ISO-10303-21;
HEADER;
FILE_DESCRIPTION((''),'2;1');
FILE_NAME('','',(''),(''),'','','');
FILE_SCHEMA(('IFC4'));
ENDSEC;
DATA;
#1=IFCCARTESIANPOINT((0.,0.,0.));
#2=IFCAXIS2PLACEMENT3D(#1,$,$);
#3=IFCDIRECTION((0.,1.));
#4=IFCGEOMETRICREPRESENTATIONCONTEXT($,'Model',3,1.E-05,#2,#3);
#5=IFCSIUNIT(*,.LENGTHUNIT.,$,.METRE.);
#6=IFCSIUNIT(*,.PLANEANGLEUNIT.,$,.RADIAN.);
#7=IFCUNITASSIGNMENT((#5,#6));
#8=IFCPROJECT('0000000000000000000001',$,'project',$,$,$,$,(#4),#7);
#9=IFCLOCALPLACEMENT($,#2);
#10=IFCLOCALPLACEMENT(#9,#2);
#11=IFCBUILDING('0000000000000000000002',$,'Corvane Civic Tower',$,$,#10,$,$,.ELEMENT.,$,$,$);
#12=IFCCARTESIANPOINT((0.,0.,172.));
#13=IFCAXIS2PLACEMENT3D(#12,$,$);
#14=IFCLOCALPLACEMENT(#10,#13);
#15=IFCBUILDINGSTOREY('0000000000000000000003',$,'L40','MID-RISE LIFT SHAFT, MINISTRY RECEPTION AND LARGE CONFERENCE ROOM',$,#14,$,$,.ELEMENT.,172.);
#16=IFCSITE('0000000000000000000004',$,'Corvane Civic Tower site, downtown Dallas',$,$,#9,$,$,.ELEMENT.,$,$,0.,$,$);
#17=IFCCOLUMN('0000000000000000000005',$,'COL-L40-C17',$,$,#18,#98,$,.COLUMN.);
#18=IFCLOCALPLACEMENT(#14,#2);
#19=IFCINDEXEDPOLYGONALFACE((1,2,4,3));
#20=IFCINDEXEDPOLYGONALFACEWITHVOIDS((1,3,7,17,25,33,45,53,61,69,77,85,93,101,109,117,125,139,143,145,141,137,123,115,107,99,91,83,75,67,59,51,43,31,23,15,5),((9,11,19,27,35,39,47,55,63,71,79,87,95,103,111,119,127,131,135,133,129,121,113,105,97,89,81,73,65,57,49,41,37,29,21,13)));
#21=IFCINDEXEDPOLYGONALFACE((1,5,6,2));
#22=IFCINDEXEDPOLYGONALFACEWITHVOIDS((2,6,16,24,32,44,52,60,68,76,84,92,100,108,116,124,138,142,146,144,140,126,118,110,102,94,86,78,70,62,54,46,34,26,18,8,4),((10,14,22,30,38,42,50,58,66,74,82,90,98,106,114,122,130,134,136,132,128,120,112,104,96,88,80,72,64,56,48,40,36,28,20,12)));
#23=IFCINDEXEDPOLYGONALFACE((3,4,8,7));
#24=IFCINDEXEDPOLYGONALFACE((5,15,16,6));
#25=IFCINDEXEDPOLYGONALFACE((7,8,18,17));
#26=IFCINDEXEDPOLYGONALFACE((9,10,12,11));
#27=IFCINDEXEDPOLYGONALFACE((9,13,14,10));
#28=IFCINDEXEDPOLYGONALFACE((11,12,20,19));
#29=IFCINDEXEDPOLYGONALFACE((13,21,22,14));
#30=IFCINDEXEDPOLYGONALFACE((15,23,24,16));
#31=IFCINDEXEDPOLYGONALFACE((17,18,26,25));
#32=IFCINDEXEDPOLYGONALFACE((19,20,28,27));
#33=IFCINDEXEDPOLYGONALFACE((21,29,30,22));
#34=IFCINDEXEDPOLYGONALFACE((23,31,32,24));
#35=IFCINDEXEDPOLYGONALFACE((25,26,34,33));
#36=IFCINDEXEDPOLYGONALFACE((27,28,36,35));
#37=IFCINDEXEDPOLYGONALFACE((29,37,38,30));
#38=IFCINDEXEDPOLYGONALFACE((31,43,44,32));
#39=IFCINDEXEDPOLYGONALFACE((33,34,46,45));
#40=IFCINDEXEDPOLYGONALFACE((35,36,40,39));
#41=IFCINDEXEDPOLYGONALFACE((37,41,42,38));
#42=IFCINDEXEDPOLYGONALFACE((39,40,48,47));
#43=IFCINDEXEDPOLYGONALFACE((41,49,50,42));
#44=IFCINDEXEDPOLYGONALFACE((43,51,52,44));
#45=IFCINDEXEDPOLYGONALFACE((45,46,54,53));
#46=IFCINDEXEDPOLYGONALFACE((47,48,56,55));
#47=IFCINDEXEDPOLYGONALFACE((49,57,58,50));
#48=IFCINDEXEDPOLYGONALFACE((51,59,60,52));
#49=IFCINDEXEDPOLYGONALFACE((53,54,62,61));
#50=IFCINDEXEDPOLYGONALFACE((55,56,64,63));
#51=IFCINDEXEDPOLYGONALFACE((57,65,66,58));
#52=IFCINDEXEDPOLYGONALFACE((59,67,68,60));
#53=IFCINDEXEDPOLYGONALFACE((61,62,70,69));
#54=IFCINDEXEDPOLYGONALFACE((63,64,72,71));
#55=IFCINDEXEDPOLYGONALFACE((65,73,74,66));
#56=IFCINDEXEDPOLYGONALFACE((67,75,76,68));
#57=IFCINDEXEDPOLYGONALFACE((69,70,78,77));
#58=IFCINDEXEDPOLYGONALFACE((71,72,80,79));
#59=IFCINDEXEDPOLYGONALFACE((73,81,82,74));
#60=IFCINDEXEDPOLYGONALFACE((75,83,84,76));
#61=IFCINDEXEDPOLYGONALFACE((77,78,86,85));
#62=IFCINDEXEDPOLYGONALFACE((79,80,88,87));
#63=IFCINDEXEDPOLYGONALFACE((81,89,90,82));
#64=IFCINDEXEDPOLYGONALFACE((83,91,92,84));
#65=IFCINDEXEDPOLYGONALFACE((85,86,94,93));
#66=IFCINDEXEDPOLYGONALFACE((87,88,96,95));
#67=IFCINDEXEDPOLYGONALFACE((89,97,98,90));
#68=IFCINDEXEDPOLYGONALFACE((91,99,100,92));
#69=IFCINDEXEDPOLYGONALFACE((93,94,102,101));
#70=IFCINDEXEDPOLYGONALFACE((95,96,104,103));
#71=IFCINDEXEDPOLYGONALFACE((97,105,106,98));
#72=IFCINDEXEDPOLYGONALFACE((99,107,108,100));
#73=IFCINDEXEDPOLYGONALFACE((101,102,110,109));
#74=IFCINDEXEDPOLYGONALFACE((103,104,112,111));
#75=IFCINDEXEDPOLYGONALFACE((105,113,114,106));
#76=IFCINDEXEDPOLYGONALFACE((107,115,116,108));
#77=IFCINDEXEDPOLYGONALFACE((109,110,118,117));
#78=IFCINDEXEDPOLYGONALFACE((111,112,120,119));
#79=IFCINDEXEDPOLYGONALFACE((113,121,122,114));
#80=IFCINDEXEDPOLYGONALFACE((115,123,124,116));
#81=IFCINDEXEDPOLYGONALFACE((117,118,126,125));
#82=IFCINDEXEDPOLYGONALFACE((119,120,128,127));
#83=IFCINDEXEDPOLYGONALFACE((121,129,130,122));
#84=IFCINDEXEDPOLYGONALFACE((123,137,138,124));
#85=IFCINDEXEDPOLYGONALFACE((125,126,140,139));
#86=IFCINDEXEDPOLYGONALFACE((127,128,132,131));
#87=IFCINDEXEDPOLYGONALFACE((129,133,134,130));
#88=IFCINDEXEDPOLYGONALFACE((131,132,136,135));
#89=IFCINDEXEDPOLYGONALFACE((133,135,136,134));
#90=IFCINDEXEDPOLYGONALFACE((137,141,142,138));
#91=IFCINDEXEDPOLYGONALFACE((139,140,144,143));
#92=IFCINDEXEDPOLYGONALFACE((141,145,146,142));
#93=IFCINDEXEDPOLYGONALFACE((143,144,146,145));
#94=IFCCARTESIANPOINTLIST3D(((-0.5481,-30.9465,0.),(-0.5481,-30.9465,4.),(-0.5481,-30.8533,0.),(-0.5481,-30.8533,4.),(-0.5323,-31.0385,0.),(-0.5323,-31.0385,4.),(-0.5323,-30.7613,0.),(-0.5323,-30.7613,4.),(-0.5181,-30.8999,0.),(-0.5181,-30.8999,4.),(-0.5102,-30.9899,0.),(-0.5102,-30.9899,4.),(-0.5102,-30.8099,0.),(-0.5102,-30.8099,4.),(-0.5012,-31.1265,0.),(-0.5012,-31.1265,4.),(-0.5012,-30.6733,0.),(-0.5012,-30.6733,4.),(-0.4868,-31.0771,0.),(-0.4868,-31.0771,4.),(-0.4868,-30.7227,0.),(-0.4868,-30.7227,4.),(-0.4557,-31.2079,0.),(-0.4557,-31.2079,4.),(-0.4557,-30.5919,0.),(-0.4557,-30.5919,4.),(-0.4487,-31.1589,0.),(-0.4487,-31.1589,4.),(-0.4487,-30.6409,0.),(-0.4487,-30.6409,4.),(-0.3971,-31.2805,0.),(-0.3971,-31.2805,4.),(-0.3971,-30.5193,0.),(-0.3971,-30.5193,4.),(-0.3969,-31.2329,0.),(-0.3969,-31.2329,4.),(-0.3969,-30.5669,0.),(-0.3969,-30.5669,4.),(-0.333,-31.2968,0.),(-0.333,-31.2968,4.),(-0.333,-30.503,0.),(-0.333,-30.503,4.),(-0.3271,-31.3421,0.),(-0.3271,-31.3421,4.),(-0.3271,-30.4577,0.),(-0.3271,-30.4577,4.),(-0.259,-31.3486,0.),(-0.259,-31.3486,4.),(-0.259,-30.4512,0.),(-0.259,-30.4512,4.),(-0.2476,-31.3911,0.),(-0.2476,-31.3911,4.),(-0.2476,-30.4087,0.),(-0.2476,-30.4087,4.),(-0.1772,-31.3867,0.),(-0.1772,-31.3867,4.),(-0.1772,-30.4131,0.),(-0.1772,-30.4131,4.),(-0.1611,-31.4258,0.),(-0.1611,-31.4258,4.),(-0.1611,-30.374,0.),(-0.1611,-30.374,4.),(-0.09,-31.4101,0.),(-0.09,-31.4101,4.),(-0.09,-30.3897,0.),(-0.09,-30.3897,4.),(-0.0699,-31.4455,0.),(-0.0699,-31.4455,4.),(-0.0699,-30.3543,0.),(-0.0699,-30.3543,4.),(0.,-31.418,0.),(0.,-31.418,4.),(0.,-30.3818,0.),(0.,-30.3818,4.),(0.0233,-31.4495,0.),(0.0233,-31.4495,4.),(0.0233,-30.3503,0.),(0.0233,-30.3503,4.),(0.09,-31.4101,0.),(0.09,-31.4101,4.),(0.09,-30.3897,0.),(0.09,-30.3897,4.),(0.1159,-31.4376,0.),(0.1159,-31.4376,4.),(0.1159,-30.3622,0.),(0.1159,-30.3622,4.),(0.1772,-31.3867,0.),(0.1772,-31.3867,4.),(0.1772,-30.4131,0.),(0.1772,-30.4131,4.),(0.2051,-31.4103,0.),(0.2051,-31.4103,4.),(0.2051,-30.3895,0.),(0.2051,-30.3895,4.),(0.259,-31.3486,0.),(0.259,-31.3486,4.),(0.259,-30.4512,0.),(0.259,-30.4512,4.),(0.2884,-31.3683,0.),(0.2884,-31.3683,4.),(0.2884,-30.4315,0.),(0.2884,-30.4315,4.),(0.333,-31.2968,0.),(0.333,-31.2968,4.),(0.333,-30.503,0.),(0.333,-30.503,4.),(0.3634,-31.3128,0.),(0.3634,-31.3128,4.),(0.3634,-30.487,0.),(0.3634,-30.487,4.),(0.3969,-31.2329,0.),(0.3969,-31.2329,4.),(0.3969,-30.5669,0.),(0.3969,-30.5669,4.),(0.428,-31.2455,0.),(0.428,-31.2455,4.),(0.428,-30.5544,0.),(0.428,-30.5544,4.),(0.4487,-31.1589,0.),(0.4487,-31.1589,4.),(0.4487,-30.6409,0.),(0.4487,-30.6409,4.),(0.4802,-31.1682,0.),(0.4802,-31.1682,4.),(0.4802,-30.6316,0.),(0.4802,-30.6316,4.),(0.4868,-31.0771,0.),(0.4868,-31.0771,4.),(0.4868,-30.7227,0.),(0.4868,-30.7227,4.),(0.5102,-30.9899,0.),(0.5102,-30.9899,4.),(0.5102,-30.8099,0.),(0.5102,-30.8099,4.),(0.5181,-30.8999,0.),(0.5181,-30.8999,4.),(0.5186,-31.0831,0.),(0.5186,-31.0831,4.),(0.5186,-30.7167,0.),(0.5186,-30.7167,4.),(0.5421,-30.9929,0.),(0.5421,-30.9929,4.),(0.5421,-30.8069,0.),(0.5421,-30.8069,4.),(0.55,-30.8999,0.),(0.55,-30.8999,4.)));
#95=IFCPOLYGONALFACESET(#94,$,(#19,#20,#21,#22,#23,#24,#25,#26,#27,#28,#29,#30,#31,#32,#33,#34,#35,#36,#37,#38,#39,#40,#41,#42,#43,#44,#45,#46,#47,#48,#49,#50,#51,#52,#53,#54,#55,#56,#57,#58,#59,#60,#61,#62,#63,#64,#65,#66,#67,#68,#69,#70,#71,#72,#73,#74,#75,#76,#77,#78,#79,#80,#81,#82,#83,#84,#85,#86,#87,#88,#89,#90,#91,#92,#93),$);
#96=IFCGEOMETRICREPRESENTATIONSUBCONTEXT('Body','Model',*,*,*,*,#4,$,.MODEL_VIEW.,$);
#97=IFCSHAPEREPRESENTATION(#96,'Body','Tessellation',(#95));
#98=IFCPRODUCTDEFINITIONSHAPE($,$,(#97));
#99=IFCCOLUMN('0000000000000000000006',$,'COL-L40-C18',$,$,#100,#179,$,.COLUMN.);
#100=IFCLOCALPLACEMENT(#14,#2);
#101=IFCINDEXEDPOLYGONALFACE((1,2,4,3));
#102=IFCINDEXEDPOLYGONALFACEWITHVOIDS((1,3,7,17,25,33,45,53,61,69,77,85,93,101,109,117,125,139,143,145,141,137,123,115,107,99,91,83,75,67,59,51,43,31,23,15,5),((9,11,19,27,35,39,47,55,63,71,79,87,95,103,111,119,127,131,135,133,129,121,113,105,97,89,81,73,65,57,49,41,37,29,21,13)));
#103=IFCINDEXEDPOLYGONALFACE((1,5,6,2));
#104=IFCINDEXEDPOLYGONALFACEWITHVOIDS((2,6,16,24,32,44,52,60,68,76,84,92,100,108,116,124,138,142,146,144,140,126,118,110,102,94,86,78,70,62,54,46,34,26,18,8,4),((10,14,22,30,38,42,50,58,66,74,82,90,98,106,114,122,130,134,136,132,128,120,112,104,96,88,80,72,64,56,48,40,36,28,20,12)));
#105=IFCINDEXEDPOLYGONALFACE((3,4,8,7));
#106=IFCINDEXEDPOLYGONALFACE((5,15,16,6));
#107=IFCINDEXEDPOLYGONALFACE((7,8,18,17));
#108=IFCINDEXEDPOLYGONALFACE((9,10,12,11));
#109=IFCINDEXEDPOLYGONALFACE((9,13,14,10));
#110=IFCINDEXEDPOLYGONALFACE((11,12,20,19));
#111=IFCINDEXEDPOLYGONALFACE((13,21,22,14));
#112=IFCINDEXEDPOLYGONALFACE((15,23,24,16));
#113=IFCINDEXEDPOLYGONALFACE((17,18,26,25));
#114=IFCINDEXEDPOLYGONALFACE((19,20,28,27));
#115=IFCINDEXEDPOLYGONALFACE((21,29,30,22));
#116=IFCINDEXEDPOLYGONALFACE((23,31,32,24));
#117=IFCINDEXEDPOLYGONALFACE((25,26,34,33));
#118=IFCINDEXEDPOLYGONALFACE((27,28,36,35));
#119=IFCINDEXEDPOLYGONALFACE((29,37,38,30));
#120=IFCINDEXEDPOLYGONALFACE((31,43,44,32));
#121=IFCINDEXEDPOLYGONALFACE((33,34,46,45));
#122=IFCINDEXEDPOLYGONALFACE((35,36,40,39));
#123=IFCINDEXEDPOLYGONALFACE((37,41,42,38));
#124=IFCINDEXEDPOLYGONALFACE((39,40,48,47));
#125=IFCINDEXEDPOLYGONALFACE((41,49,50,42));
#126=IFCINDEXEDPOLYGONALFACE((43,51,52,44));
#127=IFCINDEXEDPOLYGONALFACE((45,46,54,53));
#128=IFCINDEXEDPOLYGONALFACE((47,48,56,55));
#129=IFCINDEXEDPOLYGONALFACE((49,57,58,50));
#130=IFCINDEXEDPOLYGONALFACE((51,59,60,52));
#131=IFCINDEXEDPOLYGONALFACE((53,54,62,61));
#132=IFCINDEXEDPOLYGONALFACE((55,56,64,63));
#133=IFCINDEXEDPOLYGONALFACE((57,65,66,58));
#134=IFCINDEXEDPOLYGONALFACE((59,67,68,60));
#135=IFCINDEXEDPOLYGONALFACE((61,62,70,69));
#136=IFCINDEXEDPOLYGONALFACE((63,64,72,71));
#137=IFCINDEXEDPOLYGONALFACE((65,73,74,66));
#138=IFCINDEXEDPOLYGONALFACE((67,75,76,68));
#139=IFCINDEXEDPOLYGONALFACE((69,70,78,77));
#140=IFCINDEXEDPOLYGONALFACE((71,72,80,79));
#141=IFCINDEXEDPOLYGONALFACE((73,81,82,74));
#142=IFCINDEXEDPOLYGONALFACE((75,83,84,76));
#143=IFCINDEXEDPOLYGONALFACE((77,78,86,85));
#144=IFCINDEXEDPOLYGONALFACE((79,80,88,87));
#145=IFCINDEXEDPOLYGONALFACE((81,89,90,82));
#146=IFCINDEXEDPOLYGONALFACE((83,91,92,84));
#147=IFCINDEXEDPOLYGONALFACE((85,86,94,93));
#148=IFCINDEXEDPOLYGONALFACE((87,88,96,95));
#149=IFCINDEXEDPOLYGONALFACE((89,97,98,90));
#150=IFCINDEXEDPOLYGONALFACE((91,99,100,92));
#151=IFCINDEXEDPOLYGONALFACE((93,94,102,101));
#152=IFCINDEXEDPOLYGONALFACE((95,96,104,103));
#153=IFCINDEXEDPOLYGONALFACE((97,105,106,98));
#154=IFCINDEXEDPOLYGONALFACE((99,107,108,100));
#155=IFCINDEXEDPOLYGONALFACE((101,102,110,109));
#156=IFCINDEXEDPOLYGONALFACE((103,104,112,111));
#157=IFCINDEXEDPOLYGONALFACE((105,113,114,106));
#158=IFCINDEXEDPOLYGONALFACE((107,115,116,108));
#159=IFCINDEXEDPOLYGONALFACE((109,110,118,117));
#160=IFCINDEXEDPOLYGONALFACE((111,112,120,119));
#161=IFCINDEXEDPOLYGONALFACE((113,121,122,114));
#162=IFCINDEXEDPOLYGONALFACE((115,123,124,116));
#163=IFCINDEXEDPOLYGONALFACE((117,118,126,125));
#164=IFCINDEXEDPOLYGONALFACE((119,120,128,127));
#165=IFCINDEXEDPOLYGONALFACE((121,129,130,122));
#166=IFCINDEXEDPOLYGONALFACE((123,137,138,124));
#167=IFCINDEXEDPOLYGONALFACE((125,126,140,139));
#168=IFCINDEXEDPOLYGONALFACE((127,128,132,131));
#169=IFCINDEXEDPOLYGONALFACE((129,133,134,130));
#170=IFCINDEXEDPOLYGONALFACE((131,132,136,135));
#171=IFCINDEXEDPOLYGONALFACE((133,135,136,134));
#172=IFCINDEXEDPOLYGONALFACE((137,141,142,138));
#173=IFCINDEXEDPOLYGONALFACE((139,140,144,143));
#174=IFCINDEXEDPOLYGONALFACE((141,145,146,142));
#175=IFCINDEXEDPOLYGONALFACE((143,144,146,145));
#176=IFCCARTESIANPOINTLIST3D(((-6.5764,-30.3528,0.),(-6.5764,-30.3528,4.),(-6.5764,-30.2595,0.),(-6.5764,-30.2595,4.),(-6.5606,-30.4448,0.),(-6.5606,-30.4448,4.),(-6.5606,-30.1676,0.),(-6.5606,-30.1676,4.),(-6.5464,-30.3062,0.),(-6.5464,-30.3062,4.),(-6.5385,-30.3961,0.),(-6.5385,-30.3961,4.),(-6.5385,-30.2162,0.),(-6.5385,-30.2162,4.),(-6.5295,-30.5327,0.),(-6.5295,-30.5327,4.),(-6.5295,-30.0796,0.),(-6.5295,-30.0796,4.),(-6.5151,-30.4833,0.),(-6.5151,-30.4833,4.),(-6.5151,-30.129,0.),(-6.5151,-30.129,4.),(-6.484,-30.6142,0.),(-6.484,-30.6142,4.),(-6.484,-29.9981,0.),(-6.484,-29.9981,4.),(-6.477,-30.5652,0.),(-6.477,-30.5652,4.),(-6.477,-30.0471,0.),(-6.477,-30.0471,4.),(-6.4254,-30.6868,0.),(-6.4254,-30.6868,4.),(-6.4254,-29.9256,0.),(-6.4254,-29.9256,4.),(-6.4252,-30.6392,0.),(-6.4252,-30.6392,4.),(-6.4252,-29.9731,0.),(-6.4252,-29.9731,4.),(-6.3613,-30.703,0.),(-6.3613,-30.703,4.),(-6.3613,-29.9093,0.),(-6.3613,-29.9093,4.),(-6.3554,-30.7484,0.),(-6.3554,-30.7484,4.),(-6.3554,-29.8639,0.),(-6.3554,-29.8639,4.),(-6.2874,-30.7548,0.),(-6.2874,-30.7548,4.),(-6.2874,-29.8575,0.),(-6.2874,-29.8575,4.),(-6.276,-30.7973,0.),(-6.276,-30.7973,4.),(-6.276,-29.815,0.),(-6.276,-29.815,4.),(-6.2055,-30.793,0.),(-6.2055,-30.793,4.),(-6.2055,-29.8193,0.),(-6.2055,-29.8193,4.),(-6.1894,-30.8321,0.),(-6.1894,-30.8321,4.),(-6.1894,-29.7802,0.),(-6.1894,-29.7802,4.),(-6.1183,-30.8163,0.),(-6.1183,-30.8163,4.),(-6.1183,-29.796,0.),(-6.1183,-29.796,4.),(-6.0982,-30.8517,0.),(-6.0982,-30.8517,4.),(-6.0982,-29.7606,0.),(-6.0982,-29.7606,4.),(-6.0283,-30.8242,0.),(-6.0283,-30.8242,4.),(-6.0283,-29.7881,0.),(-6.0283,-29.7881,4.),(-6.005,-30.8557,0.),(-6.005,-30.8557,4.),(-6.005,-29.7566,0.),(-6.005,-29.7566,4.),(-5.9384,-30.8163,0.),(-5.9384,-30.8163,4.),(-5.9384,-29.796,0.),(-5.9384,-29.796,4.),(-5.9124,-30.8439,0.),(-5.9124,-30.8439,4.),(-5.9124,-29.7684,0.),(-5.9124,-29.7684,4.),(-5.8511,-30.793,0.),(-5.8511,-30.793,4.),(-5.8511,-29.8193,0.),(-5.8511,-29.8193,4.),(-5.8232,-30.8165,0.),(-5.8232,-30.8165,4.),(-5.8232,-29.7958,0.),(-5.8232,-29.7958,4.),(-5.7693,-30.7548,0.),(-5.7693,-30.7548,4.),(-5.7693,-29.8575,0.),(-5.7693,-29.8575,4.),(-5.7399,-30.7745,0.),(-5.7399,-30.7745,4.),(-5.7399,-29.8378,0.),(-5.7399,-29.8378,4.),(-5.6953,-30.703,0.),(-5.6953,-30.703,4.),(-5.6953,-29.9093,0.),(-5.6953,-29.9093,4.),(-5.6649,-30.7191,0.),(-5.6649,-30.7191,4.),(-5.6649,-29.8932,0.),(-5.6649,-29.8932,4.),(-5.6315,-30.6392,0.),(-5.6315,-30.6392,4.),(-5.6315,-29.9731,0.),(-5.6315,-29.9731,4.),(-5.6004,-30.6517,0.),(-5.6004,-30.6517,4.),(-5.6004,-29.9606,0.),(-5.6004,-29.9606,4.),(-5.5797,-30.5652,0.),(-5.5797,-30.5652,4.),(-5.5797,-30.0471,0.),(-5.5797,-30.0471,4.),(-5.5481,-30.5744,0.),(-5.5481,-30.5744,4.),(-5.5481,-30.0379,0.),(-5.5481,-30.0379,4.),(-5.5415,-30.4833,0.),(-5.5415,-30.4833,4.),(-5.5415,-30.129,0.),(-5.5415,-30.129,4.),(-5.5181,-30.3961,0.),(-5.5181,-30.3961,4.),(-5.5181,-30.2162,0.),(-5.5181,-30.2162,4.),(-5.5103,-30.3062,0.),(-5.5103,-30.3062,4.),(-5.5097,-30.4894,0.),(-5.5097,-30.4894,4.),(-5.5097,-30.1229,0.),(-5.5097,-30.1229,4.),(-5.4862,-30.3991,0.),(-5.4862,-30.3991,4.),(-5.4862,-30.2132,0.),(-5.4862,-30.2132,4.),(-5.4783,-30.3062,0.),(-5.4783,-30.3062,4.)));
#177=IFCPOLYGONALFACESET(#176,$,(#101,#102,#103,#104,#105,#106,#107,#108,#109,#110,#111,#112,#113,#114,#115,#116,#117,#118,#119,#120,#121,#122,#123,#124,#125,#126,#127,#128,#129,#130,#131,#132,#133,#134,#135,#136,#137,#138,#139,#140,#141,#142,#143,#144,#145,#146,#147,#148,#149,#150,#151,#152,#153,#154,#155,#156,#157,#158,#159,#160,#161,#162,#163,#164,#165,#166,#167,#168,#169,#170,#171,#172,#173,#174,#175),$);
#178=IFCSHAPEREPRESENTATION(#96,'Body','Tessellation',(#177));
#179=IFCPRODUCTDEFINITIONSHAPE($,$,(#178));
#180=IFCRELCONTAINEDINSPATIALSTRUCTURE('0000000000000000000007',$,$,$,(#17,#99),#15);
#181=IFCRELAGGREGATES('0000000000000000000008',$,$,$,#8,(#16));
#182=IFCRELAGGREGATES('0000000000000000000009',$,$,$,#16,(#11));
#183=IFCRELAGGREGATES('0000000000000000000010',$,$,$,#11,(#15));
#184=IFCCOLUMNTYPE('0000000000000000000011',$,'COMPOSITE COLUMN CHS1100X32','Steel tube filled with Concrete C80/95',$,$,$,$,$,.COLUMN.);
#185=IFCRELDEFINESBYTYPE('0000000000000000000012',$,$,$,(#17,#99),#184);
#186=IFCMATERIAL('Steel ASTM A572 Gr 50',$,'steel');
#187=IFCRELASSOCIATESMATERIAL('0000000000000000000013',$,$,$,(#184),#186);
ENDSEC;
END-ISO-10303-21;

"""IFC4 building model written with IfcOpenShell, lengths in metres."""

from ifc_helpers import new_model, si_unit, direction, frame, origin, origin_2d, place, context, subcontext, project, spatial, hollow_circle, extrude, material, material_profile, profile_set, type_object, element, save


model = new_model("IFC4")

# Units and contexts
model_context = context("Model", 3, precision=1e-05, world=origin(), true_north=direction((0.0, 1.0)))
body_context = subcontext(model_context, "Body", "Model", "MODEL_VIEW")
ifc_project = project(units=[si_unit("LENGTHUNIT", "METRE"), si_unit("PLANEANGLEUNIT", "RADIAN")], contexts=[model_context])

# Site, building, storey
site_placement = place(None, origin())
site = spatial("IfcSite", under=ifc_project, at=site_placement, Name="Corvane Civic Tower site, downtown Dallas", CompositionType="ELEMENT", RefElevation=0.0)
building_placement = place(site_placement, origin())
building = spatial("IfcBuilding", under=site, at=building_placement, Name="Corvane Civic Tower", CompositionType="ELEMENT")
storey_placement = place(building_placement, frame((0.0, 0.0, 172.0)))
storey = spatial("IfcBuildingStorey", under=building, at=storey_placement, Name="L40", Description="MID-RISE LIFT SHAFT, MINISTRY RECEPTION AND LARGE CONFERENCE ROOM", CompositionType="ELEMENT", Elevation=172.0)

# Columns
ifc_material_1 = material(Name="Steel ASTM A572 Gr 50", Category="steel")
ifc_material_profile_1 = material_profile(ifc_material_1, hollow_circle(Radius=0.55, WallThickness=0.032, at=origin_2d()), Name="CHS1100X32")
ifc_profile_set_1 = profile_set([ifc_material_profile_1], Name="Steel ASTM A572 Gr 50")
column_type = type_object("IfcColumnType", Name="COMPOSITE COLUMN CHS1100X32", Description="Steel tube filled with Concrete C80/95", PredefinedType="COLUMN", material=ifc_profile_set_1)
for number, where, z_axis, x_axis, name in (
    (1, (0.0, -30.8999, 0.0), (0.0, 0.0, 1.0), (1.0, 0.0, 0.0), "COL-L40-C17"),
    (2, (-6.0283, -30.3062, 0.0), (0.0, 0.0, 1.0), (1.0, 0.0, 0.0), "COL-L40-C18"),
):
    element("IfcColumn", number, at=place(storey_placement, frame(where, z_axis=z_axis, x_axis=x_axis)), inside=storey, type_object=column_type, Name=name, PredefinedType="COLUMN", context=body_context, shape_type="SweptSolid", body=[
        extrude(hollow_circle(Radius=0.55, WallThickness=0.032, at=origin_2d()), origin(), (0.0, 0.0, 1.0), 4.0),
    ])

save(model, "model.ifc")
